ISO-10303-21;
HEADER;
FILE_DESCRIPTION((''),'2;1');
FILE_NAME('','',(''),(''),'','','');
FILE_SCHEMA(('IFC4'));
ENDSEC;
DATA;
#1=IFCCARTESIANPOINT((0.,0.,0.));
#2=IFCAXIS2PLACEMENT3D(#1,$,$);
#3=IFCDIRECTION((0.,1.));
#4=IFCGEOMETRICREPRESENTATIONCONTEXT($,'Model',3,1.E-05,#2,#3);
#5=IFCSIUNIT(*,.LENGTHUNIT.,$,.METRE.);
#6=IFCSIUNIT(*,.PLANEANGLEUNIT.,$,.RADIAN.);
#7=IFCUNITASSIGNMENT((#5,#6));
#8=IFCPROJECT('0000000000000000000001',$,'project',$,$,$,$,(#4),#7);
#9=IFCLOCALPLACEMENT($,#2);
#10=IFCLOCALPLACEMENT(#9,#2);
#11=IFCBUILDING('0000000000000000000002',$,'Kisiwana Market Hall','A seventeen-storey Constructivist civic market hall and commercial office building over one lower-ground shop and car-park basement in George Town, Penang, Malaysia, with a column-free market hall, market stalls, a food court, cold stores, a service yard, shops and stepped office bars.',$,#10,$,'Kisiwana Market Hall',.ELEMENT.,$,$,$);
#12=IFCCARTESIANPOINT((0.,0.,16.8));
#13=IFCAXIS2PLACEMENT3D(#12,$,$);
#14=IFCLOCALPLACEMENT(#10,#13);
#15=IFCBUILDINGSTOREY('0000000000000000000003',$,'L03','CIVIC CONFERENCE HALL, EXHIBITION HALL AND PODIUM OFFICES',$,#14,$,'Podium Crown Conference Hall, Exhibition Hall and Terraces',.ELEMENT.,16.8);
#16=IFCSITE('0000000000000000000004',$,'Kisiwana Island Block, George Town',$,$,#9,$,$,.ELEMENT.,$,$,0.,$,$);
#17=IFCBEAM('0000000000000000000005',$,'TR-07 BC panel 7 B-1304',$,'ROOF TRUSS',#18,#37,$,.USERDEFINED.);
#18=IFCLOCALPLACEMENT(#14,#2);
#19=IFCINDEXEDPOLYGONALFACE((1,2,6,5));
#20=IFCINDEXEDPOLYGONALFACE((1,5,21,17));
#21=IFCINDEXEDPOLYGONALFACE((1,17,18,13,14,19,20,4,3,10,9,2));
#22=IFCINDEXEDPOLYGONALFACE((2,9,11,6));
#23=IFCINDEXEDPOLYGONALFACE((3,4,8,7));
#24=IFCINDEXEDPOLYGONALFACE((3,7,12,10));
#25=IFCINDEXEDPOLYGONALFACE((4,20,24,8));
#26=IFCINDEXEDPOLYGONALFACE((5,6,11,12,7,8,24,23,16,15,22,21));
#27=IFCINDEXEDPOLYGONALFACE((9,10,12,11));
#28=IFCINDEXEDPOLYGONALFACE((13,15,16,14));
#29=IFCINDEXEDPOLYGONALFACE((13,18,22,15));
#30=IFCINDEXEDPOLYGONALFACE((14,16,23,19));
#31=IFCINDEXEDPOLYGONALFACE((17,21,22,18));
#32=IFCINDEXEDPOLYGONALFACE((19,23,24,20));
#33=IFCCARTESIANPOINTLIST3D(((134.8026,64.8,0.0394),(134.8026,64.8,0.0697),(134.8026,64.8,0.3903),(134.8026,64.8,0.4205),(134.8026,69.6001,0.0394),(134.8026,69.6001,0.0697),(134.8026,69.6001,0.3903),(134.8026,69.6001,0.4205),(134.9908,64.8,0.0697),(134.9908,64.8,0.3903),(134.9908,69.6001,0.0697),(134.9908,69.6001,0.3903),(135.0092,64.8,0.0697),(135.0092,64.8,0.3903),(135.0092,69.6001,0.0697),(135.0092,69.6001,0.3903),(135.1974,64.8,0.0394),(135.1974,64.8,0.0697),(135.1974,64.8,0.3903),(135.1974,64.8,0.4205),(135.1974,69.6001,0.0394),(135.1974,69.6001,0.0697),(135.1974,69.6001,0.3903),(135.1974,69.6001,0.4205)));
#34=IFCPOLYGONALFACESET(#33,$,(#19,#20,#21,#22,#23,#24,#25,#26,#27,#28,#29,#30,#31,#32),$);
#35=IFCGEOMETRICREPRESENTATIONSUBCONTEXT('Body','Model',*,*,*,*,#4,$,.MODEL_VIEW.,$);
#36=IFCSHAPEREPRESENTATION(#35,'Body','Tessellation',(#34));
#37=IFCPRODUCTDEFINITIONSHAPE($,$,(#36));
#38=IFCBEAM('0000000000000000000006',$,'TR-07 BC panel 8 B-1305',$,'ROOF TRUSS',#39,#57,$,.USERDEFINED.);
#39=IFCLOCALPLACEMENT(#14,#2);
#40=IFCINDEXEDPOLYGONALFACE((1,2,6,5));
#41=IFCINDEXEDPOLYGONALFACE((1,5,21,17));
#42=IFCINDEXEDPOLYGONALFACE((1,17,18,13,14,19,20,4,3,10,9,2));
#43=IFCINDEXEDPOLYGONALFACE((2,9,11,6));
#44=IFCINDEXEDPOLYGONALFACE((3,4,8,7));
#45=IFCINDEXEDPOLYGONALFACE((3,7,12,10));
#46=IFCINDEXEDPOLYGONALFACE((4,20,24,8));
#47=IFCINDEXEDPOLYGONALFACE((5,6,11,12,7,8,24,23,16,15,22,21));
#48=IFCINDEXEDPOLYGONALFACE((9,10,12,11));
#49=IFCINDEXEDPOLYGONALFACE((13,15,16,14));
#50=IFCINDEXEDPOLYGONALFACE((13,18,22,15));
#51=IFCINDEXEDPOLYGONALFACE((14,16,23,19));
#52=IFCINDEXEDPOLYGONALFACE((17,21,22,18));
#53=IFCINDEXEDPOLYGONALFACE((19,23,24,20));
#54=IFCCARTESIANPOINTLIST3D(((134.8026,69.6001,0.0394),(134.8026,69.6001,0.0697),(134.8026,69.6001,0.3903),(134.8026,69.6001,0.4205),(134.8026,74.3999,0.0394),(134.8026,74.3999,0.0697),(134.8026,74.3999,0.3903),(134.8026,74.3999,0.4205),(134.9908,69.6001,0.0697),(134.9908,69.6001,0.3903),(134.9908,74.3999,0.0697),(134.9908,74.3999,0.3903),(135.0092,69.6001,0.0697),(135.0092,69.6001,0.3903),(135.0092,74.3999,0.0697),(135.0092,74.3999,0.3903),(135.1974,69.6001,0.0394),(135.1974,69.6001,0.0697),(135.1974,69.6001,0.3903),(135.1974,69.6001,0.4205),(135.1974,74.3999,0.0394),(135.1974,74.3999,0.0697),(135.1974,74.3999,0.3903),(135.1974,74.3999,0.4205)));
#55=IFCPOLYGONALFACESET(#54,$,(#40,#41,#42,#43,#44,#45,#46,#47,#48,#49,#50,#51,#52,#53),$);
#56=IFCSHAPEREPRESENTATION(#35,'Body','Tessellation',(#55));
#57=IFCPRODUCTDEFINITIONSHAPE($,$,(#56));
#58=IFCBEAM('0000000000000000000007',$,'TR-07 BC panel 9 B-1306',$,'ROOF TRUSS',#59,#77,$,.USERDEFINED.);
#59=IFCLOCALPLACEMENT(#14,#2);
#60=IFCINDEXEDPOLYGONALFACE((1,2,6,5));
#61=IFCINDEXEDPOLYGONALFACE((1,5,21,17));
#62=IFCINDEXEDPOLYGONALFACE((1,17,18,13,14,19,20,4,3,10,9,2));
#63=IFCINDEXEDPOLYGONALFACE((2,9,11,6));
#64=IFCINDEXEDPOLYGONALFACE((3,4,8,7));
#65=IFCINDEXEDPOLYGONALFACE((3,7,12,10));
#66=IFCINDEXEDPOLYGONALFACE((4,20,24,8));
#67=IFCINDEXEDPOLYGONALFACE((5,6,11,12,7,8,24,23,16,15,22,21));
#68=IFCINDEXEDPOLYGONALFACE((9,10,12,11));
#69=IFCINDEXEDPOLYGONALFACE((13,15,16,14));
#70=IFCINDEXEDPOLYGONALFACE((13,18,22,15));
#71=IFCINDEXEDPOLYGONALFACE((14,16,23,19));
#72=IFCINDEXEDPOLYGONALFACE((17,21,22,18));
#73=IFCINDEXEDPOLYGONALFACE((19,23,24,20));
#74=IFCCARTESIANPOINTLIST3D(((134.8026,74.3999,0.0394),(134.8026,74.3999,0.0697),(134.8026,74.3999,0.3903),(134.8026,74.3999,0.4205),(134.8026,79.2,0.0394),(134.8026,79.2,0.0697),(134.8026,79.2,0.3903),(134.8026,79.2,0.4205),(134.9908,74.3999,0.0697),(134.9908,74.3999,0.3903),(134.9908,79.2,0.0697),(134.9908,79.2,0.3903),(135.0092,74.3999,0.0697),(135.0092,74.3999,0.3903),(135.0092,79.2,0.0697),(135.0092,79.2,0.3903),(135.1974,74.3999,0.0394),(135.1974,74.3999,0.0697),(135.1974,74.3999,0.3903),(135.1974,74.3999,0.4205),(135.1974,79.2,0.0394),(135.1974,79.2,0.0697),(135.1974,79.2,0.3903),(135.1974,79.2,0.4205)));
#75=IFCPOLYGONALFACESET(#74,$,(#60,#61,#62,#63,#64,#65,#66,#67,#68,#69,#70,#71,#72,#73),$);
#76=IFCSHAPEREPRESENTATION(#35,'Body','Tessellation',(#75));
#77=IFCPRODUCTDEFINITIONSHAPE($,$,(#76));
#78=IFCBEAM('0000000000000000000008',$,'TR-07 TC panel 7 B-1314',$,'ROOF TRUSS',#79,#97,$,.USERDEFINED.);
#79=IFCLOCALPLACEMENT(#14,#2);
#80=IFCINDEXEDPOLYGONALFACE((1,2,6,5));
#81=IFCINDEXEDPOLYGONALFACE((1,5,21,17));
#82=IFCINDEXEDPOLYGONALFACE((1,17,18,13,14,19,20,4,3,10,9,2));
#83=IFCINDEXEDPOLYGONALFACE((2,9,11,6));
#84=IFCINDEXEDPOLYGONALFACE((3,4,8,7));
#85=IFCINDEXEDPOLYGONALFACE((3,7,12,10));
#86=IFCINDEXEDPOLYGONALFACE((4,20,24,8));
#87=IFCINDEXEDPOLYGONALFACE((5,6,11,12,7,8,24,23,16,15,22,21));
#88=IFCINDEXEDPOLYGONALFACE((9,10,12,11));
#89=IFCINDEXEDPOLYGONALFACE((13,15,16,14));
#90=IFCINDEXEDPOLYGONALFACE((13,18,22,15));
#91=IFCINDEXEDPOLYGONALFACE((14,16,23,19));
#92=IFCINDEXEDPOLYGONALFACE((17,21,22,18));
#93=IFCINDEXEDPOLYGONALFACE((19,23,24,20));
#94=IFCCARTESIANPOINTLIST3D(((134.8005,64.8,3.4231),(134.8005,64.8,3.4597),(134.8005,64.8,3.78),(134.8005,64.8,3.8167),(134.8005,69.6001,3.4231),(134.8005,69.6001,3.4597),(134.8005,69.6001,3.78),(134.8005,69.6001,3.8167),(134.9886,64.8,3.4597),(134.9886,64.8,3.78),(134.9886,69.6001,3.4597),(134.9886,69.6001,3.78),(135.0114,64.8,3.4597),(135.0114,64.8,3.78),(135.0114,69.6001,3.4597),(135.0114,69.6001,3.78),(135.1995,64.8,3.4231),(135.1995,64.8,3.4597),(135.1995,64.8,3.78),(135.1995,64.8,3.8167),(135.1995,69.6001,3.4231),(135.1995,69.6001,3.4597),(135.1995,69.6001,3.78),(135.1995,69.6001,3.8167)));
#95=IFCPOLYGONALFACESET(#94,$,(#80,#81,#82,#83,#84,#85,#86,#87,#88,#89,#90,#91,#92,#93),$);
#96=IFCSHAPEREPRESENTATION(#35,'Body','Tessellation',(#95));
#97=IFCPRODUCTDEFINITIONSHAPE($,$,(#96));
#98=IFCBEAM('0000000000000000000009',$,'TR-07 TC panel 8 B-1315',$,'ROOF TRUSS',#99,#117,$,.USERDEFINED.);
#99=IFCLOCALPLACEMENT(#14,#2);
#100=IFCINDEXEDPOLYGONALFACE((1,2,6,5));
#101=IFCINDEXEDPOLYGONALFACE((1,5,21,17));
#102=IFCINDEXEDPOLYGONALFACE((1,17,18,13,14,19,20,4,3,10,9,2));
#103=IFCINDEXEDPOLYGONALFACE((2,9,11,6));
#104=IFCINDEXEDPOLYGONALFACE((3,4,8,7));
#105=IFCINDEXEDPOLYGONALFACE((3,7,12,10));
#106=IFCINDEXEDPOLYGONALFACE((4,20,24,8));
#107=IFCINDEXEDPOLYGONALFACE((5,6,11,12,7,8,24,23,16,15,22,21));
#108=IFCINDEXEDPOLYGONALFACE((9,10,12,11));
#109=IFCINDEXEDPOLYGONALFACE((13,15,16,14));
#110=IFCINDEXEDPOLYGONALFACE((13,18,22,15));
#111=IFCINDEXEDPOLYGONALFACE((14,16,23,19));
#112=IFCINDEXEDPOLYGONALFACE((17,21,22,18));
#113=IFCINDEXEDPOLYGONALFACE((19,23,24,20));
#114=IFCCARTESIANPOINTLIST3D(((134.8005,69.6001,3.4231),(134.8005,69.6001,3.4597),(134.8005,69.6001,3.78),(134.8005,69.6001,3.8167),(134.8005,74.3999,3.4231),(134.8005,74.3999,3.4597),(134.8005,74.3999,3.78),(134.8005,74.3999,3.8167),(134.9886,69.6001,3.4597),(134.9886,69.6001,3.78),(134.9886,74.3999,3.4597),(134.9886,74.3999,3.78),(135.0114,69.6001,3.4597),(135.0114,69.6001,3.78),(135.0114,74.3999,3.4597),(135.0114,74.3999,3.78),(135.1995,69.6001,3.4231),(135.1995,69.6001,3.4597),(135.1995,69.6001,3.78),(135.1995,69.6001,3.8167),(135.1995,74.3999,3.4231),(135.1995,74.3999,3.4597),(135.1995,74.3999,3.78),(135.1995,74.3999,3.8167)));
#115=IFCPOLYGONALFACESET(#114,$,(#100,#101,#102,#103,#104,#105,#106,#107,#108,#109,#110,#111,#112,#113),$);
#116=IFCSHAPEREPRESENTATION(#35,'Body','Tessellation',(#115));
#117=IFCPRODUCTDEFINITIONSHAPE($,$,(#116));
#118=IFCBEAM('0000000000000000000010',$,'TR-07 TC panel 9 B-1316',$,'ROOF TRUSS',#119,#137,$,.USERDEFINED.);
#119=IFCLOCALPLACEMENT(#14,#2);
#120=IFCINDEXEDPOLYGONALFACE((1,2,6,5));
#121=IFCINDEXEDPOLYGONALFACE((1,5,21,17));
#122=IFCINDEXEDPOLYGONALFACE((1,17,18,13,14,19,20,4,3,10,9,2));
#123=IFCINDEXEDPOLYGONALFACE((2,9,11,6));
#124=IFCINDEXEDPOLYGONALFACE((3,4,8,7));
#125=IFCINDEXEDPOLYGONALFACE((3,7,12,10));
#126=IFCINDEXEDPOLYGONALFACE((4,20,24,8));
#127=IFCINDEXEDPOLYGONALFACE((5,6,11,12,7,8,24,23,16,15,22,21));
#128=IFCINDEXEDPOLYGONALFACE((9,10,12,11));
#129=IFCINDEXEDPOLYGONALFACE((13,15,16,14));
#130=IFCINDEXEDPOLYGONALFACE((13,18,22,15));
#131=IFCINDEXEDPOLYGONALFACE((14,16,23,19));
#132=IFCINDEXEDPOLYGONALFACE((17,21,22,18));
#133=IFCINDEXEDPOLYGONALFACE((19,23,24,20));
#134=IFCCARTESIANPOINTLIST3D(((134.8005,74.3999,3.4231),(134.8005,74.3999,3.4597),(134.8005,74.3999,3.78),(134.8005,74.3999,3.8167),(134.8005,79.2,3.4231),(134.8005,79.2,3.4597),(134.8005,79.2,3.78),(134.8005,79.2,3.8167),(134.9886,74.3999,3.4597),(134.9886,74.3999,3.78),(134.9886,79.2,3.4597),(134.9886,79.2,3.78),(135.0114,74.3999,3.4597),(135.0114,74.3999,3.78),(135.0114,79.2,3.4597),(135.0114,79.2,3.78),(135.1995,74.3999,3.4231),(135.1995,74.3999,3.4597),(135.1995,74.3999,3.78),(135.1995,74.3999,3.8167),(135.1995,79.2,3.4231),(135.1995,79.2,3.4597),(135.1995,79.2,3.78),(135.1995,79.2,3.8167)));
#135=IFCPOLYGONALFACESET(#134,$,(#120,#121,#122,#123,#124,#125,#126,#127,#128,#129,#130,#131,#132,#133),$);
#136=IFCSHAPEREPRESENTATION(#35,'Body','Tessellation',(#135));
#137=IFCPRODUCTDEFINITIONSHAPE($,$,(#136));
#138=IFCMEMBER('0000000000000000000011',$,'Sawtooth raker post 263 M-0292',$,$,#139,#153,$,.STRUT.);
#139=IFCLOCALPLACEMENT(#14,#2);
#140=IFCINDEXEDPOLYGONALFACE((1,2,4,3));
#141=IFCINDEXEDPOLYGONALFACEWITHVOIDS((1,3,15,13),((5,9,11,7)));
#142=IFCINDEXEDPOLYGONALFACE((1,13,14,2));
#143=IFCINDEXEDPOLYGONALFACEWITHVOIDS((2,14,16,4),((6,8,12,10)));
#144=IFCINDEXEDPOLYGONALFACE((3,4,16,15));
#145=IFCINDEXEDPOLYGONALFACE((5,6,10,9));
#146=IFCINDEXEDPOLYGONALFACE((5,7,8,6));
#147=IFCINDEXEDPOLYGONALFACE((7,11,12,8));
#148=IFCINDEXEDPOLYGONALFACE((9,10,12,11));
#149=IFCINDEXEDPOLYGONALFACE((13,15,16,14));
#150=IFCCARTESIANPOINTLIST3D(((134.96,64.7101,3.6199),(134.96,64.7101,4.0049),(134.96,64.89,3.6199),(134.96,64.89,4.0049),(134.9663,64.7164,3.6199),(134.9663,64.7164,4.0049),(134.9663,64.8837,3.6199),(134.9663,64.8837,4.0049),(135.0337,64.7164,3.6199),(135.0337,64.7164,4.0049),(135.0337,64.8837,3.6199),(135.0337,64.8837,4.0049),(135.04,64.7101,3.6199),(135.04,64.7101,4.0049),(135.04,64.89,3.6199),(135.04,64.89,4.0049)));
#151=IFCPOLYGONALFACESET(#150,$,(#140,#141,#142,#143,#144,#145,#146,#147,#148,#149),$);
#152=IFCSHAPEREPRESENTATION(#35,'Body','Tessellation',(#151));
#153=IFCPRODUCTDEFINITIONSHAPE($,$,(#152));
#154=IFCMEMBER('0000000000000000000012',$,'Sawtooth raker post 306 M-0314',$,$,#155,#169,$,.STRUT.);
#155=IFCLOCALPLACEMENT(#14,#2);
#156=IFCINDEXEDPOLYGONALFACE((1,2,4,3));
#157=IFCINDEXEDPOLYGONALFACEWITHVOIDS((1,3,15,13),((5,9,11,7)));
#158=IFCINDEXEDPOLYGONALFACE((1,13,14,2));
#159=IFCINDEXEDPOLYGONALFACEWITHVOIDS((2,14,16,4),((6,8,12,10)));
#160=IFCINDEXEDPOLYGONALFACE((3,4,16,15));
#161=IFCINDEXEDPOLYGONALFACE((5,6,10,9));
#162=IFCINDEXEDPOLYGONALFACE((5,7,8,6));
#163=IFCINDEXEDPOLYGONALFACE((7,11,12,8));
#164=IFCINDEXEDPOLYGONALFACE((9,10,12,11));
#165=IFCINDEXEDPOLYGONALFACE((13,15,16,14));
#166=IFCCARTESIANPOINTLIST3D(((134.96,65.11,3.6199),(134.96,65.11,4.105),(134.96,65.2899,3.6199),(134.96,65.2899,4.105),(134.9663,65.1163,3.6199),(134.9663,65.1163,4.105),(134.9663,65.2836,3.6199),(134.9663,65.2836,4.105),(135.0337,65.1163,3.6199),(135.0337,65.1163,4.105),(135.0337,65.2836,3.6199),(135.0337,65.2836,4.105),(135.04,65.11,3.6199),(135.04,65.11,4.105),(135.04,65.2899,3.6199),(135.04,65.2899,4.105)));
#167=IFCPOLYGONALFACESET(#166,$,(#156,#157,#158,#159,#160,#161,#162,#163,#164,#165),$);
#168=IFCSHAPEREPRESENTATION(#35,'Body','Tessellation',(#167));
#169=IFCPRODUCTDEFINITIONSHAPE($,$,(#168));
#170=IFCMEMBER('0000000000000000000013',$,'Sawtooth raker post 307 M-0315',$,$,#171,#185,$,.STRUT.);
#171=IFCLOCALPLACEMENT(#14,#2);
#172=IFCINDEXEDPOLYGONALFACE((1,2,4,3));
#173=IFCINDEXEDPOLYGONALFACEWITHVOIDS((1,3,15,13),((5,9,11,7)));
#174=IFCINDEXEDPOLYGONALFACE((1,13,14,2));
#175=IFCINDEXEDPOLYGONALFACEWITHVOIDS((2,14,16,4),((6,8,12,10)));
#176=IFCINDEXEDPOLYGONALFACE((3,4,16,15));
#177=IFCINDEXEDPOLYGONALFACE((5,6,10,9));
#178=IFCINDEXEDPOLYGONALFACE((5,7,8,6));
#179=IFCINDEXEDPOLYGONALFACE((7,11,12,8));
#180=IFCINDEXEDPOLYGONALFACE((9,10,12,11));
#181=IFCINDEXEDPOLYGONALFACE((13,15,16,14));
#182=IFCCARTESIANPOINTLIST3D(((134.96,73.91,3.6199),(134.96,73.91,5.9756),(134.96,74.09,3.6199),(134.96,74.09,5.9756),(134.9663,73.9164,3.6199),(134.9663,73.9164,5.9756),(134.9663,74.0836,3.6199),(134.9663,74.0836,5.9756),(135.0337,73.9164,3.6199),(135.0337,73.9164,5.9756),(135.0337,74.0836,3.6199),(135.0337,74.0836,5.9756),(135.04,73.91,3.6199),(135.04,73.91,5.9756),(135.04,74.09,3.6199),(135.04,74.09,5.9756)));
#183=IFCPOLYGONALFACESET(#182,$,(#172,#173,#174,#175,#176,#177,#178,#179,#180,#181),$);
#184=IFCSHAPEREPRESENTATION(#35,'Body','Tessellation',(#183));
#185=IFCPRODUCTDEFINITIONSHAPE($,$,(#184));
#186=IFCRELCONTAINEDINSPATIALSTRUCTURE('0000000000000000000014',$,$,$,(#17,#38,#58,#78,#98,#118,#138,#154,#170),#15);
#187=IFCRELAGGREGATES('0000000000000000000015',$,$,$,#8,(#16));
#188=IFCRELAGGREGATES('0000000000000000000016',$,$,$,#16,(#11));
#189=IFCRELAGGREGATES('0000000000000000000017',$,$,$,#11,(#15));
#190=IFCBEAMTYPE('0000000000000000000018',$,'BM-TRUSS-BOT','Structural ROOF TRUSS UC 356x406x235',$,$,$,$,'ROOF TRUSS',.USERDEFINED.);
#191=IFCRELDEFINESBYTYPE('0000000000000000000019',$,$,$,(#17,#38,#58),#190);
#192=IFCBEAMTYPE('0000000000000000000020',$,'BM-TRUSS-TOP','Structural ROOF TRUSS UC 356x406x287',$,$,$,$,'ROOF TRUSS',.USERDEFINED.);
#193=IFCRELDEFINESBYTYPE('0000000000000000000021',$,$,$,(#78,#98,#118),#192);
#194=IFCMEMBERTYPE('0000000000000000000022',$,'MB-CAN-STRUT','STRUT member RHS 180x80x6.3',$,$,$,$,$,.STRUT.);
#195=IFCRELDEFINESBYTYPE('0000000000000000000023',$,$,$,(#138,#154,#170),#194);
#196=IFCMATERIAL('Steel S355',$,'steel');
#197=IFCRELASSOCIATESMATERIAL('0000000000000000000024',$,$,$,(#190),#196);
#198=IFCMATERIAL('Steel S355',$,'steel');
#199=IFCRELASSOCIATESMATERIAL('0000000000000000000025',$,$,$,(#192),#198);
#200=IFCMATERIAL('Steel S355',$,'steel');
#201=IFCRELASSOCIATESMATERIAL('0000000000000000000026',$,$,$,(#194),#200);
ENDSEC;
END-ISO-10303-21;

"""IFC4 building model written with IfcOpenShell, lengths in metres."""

from ifc_helpers import new_model, si_unit, direction, frame, origin, origin_2d, place, context, subcontext, project, spatial, hollow_rectangle, i_section, extrude, material, material_profile, profile_set, type_object, element, save


model = new_model("IFC4")

# Units and contexts
model_context = context("Model", 3, precision=1e-05, world=origin(), true_north=direction((0.0, 1.0)))
body_context = subcontext(model_context, "Body", "Model", "MODEL_VIEW")
ifc_project = project(units=[si_unit("LENGTHUNIT", "METRE"), si_unit("PLANEANGLEUNIT", "RADIAN")], contexts=[model_context])

# Site, building, storey
site_placement = place(None, origin())
site = spatial("IfcSite", under=ifc_project, at=site_placement, Name="Kisiwana Island Block, George Town", CompositionType="ELEMENT", RefElevation=0.0)
building_placement = place(site_placement, origin())
building = spatial("IfcBuilding", under=site, at=building_placement, Name="Kisiwana Market Hall", Description="A seventeen-storey Constructivist civic market hall and commercial office building over one lower-ground shop and car-park basement in George Town, Penang, Malaysia, with a column-free market hall, market stalls, a food court, cold stores, a service yard, shops and stepped office bars.", LongName="Kisiwana Market Hall", CompositionType="ELEMENT")
storey_placement = place(building_placement, frame((0.0, 0.0, 16.8)))
storey = spatial("IfcBuildingStorey", under=building, at=storey_placement, Name="L03", Description="CIVIC CONFERENCE HALL, EXHIBITION HALL AND PODIUM OFFICES", LongName="Podium Crown Conference Hall, Exhibition Hall and Terraces", CompositionType="ELEMENT", Elevation=16.8)

# Beams
ifc_material_1 = material(Name="Steel S355", Category="steel")
ifc_material_profile_1 = material_profile(ifc_material_1, i_section(OverallWidth=0.3948, OverallDepth=0.3811, WebThickness=0.0183, FlangeThickness=0.0303, at=origin_2d()), Name="UC 356x406x235")
ifc_profile_set_1 = profile_set([ifc_material_profile_1], Name="Steel S355")
beam_type_1 = type_object("IfcBeamType", Name="BM-TRUSS-BOT", Description="Structural ROOF TRUSS UC 356x406x235", ElementType="ROOF TRUSS", PredefinedType="USERDEFINED", material=ifc_profile_set_1)
beam_1_placement = place(storey_placement, frame((135.0, 64.8, 0.23), z_axis=(0.0, 1.0, 0.0), x_axis=(-1.0, 0.0, 0.0)))
element("IfcBeam", 1, at=beam_1_placement, inside=storey, type_object=beam_type_1, Name="TR-07 BC panel 7 B-1304", ObjectType="ROOF TRUSS", PredefinedType="USERDEFINED", context=body_context, shape_type="SweptSolid", body=[
    extrude(i_section(OverallWidth=0.3948, OverallDepth=0.3811, WebThickness=0.0183, FlangeThickness=0.0303, at=origin_2d()), origin(), (0.0, 0.0, 1.0), 4.8),
])
beam_2_placement = place(storey_placement, frame((135.0, 69.6001, 0.23), z_axis=(0.0, 1.0, 0.0), x_axis=(-1.0, 0.0, 0.0)))
element("IfcBeam", 2, at=beam_2_placement, inside=storey, type_object=beam_type_1, Name="TR-07 BC panel 8 B-1305", ObjectType="ROOF TRUSS", PredefinedType="USERDEFINED", context=body_context, shape_type="SweptSolid", body=[
    extrude(i_section(OverallWidth=0.3948, OverallDepth=0.3811, WebThickness=0.0183, FlangeThickness=0.0303, at=origin_2d()), origin(), (0.0, 0.0, 1.0), 4.7998),
])
beam_3_placement = place(storey_placement, frame((135.0, 74.3999, 0.23), z_axis=(0.0, 1.0, 0.0), x_axis=(-1.0, 0.0, 0.0)))
element("IfcBeam", 3, at=beam_3_placement, inside=storey, type_object=beam_type_1, Name="TR-07 BC panel 9 B-1306", ObjectType="ROOF TRUSS", PredefinedType="USERDEFINED", context=body_context, shape_type="SweptSolid", body=[
    extrude(i_section(OverallWidth=0.3948, OverallDepth=0.3811, WebThickness=0.0183, FlangeThickness=0.0303, at=origin_2d()), origin(), (0.0, 0.0, 1.0), 4.8),
])
ifc_material_2 = material(Name="Steel S355", Category="steel")
ifc_material_profile_2 = material_profile(ifc_material_2, i_section(OverallWidth=0.3989, OverallDepth=0.3936, WebThickness=0.0227, FlangeThickness=0.0366, at=origin_2d()), Name="UC 356x406x287")
ifc_profile_set_2 = profile_set([ifc_material_profile_2], Name="Steel S355")
beam_type_2 = type_object("IfcBeamType", Name="BM-TRUSS-TOP", Description="Structural ROOF TRUSS UC 356x406x287", ElementType="ROOF TRUSS", PredefinedType="USERDEFINED", material=ifc_profile_set_2)
beam_4_placement = place(storey_placement, frame((135.0, 64.8, 3.6199), z_axis=(0.0, 1.0, 0.0), x_axis=(-1.0, 0.0, 0.0)))
element("IfcBeam", 4, at=beam_4_placement, inside=storey, type_object=beam_type_2, Name="TR-07 TC panel 7 B-1314", ObjectType="ROOF TRUSS", PredefinedType="USERDEFINED", context=body_context, shape_type="SweptSolid", body=[
    extrude(i_section(OverallWidth=0.3989, OverallDepth=0.3936, WebThickness=0.0227, FlangeThickness=0.0366, at=origin_2d()), origin(), (0.0, 0.0, 1.0), 4.8),
])
beam_5_placement = place(storey_placement, frame((135.0, 69.6001, 3.6199), z_axis=(0.0, 1.0, 0.0), x_axis=(-1.0, 0.0, 0.0)))
element("IfcBeam", 5, at=beam_5_placement, inside=storey, type_object=beam_type_2, Name="TR-07 TC panel 8 B-1315", ObjectType="ROOF TRUSS", PredefinedType="USERDEFINED", context=body_context, shape_type="SweptSolid", body=[
    extrude(i_section(OverallWidth=0.3989, OverallDepth=0.3936, WebThickness=0.0227, FlangeThickness=0.0366, at=origin_2d()), origin(), (0.0, 0.0, 1.0), 4.7998),
])
beam_6_placement = place(storey_placement, frame((135.0, 74.3999, 3.6199), z_axis=(0.0, 1.0, 0.0), x_axis=(-1.0, 0.0, 0.0)))
element("IfcBeam", 6, at=beam_6_placement, inside=storey, type_object=beam_type_2, Name="TR-07 TC panel 9 B-1316", ObjectType="ROOF TRUSS", PredefinedType="USERDEFINED", context=body_context, shape_type="SweptSolid", body=[
    extrude(i_section(OverallWidth=0.3989, OverallDepth=0.3936, WebThickness=0.0227, FlangeThickness=0.0366, at=origin_2d()), origin(), (0.0, 0.0, 1.0), 4.8),
])

# Members
ifc_material_3 = material(Name="Steel S355", Category="steel")
ifc_material_profile_3 = material_profile(ifc_material_3, hollow_rectangle(XDim=0.0801, YDim=0.1799, WallThickness=0.0063, at=origin_2d()), Name="RHS 180x80x6.3")
ifc_profile_set_3 = profile_set([ifc_material_profile_3], Name="Steel S355")
member_type_1 = type_object("IfcMemberType", Name="MB-CAN-STRUT", Description="STRUT member RHS 180x80x6.3", PredefinedType="STRUT", material=ifc_profile_set_3)
member_1_placement = place(storey_placement, frame((135.0, 64.8, 3.6199), z_axis=(0.0, 0.0, 1.0), x_axis=(1.0, 0.0, 0.0)))
element("IfcMember", 7, at=member_1_placement, inside=storey, type_object=member_type_1, Name="Sawtooth raker post 263 M-0292", PredefinedType="STRUT", context=body_context, shape_type="SweptSolid", body=[
    extrude(hollow_rectangle(XDim=0.0801, YDim=0.1799, WallThickness=0.0063, at=origin_2d()), origin(), (0.0, 0.0, 1.0), 0.385),
])
member_2_placement = place(storey_placement, frame((135.0, 65.2, 3.6199), z_axis=(0.0, 0.0, 1.0), x_axis=(1.0, 0.0, 0.0)))
element("IfcMember", 8, at=member_2_placement, inside=storey, type_object=member_type_1, Name="Sawtooth raker post 306 M-0314", PredefinedType="STRUT", context=body_context, shape_type="SweptSolid", body=[
    extrude(hollow_rectangle(XDim=0.0801, YDim=0.1799, WallThickness=0.0063, at=origin_2d()), origin(), (0.0, 0.0, 1.0), 0.4851),
])
member_3_placement = place(storey_placement, frame((135.0, 74.0, 3.6199), z_axis=(0.0, 0.0, 1.0), x_axis=(1.0, 0.0, 0.0)))
element("IfcMember", 9, at=member_3_placement, inside=storey, type_object=member_type_1, Name="Sawtooth raker post 307 M-0315", PredefinedType="STRUT", context=body_context, shape_type="SweptSolid", body=[
    extrude(hollow_rectangle(XDim=0.0801, YDim=0.1799, WallThickness=0.0063, at=origin_2d()), origin(), (0.0, 0.0, 1.0), 2.3557),
])

save(model, "model.ifc")
